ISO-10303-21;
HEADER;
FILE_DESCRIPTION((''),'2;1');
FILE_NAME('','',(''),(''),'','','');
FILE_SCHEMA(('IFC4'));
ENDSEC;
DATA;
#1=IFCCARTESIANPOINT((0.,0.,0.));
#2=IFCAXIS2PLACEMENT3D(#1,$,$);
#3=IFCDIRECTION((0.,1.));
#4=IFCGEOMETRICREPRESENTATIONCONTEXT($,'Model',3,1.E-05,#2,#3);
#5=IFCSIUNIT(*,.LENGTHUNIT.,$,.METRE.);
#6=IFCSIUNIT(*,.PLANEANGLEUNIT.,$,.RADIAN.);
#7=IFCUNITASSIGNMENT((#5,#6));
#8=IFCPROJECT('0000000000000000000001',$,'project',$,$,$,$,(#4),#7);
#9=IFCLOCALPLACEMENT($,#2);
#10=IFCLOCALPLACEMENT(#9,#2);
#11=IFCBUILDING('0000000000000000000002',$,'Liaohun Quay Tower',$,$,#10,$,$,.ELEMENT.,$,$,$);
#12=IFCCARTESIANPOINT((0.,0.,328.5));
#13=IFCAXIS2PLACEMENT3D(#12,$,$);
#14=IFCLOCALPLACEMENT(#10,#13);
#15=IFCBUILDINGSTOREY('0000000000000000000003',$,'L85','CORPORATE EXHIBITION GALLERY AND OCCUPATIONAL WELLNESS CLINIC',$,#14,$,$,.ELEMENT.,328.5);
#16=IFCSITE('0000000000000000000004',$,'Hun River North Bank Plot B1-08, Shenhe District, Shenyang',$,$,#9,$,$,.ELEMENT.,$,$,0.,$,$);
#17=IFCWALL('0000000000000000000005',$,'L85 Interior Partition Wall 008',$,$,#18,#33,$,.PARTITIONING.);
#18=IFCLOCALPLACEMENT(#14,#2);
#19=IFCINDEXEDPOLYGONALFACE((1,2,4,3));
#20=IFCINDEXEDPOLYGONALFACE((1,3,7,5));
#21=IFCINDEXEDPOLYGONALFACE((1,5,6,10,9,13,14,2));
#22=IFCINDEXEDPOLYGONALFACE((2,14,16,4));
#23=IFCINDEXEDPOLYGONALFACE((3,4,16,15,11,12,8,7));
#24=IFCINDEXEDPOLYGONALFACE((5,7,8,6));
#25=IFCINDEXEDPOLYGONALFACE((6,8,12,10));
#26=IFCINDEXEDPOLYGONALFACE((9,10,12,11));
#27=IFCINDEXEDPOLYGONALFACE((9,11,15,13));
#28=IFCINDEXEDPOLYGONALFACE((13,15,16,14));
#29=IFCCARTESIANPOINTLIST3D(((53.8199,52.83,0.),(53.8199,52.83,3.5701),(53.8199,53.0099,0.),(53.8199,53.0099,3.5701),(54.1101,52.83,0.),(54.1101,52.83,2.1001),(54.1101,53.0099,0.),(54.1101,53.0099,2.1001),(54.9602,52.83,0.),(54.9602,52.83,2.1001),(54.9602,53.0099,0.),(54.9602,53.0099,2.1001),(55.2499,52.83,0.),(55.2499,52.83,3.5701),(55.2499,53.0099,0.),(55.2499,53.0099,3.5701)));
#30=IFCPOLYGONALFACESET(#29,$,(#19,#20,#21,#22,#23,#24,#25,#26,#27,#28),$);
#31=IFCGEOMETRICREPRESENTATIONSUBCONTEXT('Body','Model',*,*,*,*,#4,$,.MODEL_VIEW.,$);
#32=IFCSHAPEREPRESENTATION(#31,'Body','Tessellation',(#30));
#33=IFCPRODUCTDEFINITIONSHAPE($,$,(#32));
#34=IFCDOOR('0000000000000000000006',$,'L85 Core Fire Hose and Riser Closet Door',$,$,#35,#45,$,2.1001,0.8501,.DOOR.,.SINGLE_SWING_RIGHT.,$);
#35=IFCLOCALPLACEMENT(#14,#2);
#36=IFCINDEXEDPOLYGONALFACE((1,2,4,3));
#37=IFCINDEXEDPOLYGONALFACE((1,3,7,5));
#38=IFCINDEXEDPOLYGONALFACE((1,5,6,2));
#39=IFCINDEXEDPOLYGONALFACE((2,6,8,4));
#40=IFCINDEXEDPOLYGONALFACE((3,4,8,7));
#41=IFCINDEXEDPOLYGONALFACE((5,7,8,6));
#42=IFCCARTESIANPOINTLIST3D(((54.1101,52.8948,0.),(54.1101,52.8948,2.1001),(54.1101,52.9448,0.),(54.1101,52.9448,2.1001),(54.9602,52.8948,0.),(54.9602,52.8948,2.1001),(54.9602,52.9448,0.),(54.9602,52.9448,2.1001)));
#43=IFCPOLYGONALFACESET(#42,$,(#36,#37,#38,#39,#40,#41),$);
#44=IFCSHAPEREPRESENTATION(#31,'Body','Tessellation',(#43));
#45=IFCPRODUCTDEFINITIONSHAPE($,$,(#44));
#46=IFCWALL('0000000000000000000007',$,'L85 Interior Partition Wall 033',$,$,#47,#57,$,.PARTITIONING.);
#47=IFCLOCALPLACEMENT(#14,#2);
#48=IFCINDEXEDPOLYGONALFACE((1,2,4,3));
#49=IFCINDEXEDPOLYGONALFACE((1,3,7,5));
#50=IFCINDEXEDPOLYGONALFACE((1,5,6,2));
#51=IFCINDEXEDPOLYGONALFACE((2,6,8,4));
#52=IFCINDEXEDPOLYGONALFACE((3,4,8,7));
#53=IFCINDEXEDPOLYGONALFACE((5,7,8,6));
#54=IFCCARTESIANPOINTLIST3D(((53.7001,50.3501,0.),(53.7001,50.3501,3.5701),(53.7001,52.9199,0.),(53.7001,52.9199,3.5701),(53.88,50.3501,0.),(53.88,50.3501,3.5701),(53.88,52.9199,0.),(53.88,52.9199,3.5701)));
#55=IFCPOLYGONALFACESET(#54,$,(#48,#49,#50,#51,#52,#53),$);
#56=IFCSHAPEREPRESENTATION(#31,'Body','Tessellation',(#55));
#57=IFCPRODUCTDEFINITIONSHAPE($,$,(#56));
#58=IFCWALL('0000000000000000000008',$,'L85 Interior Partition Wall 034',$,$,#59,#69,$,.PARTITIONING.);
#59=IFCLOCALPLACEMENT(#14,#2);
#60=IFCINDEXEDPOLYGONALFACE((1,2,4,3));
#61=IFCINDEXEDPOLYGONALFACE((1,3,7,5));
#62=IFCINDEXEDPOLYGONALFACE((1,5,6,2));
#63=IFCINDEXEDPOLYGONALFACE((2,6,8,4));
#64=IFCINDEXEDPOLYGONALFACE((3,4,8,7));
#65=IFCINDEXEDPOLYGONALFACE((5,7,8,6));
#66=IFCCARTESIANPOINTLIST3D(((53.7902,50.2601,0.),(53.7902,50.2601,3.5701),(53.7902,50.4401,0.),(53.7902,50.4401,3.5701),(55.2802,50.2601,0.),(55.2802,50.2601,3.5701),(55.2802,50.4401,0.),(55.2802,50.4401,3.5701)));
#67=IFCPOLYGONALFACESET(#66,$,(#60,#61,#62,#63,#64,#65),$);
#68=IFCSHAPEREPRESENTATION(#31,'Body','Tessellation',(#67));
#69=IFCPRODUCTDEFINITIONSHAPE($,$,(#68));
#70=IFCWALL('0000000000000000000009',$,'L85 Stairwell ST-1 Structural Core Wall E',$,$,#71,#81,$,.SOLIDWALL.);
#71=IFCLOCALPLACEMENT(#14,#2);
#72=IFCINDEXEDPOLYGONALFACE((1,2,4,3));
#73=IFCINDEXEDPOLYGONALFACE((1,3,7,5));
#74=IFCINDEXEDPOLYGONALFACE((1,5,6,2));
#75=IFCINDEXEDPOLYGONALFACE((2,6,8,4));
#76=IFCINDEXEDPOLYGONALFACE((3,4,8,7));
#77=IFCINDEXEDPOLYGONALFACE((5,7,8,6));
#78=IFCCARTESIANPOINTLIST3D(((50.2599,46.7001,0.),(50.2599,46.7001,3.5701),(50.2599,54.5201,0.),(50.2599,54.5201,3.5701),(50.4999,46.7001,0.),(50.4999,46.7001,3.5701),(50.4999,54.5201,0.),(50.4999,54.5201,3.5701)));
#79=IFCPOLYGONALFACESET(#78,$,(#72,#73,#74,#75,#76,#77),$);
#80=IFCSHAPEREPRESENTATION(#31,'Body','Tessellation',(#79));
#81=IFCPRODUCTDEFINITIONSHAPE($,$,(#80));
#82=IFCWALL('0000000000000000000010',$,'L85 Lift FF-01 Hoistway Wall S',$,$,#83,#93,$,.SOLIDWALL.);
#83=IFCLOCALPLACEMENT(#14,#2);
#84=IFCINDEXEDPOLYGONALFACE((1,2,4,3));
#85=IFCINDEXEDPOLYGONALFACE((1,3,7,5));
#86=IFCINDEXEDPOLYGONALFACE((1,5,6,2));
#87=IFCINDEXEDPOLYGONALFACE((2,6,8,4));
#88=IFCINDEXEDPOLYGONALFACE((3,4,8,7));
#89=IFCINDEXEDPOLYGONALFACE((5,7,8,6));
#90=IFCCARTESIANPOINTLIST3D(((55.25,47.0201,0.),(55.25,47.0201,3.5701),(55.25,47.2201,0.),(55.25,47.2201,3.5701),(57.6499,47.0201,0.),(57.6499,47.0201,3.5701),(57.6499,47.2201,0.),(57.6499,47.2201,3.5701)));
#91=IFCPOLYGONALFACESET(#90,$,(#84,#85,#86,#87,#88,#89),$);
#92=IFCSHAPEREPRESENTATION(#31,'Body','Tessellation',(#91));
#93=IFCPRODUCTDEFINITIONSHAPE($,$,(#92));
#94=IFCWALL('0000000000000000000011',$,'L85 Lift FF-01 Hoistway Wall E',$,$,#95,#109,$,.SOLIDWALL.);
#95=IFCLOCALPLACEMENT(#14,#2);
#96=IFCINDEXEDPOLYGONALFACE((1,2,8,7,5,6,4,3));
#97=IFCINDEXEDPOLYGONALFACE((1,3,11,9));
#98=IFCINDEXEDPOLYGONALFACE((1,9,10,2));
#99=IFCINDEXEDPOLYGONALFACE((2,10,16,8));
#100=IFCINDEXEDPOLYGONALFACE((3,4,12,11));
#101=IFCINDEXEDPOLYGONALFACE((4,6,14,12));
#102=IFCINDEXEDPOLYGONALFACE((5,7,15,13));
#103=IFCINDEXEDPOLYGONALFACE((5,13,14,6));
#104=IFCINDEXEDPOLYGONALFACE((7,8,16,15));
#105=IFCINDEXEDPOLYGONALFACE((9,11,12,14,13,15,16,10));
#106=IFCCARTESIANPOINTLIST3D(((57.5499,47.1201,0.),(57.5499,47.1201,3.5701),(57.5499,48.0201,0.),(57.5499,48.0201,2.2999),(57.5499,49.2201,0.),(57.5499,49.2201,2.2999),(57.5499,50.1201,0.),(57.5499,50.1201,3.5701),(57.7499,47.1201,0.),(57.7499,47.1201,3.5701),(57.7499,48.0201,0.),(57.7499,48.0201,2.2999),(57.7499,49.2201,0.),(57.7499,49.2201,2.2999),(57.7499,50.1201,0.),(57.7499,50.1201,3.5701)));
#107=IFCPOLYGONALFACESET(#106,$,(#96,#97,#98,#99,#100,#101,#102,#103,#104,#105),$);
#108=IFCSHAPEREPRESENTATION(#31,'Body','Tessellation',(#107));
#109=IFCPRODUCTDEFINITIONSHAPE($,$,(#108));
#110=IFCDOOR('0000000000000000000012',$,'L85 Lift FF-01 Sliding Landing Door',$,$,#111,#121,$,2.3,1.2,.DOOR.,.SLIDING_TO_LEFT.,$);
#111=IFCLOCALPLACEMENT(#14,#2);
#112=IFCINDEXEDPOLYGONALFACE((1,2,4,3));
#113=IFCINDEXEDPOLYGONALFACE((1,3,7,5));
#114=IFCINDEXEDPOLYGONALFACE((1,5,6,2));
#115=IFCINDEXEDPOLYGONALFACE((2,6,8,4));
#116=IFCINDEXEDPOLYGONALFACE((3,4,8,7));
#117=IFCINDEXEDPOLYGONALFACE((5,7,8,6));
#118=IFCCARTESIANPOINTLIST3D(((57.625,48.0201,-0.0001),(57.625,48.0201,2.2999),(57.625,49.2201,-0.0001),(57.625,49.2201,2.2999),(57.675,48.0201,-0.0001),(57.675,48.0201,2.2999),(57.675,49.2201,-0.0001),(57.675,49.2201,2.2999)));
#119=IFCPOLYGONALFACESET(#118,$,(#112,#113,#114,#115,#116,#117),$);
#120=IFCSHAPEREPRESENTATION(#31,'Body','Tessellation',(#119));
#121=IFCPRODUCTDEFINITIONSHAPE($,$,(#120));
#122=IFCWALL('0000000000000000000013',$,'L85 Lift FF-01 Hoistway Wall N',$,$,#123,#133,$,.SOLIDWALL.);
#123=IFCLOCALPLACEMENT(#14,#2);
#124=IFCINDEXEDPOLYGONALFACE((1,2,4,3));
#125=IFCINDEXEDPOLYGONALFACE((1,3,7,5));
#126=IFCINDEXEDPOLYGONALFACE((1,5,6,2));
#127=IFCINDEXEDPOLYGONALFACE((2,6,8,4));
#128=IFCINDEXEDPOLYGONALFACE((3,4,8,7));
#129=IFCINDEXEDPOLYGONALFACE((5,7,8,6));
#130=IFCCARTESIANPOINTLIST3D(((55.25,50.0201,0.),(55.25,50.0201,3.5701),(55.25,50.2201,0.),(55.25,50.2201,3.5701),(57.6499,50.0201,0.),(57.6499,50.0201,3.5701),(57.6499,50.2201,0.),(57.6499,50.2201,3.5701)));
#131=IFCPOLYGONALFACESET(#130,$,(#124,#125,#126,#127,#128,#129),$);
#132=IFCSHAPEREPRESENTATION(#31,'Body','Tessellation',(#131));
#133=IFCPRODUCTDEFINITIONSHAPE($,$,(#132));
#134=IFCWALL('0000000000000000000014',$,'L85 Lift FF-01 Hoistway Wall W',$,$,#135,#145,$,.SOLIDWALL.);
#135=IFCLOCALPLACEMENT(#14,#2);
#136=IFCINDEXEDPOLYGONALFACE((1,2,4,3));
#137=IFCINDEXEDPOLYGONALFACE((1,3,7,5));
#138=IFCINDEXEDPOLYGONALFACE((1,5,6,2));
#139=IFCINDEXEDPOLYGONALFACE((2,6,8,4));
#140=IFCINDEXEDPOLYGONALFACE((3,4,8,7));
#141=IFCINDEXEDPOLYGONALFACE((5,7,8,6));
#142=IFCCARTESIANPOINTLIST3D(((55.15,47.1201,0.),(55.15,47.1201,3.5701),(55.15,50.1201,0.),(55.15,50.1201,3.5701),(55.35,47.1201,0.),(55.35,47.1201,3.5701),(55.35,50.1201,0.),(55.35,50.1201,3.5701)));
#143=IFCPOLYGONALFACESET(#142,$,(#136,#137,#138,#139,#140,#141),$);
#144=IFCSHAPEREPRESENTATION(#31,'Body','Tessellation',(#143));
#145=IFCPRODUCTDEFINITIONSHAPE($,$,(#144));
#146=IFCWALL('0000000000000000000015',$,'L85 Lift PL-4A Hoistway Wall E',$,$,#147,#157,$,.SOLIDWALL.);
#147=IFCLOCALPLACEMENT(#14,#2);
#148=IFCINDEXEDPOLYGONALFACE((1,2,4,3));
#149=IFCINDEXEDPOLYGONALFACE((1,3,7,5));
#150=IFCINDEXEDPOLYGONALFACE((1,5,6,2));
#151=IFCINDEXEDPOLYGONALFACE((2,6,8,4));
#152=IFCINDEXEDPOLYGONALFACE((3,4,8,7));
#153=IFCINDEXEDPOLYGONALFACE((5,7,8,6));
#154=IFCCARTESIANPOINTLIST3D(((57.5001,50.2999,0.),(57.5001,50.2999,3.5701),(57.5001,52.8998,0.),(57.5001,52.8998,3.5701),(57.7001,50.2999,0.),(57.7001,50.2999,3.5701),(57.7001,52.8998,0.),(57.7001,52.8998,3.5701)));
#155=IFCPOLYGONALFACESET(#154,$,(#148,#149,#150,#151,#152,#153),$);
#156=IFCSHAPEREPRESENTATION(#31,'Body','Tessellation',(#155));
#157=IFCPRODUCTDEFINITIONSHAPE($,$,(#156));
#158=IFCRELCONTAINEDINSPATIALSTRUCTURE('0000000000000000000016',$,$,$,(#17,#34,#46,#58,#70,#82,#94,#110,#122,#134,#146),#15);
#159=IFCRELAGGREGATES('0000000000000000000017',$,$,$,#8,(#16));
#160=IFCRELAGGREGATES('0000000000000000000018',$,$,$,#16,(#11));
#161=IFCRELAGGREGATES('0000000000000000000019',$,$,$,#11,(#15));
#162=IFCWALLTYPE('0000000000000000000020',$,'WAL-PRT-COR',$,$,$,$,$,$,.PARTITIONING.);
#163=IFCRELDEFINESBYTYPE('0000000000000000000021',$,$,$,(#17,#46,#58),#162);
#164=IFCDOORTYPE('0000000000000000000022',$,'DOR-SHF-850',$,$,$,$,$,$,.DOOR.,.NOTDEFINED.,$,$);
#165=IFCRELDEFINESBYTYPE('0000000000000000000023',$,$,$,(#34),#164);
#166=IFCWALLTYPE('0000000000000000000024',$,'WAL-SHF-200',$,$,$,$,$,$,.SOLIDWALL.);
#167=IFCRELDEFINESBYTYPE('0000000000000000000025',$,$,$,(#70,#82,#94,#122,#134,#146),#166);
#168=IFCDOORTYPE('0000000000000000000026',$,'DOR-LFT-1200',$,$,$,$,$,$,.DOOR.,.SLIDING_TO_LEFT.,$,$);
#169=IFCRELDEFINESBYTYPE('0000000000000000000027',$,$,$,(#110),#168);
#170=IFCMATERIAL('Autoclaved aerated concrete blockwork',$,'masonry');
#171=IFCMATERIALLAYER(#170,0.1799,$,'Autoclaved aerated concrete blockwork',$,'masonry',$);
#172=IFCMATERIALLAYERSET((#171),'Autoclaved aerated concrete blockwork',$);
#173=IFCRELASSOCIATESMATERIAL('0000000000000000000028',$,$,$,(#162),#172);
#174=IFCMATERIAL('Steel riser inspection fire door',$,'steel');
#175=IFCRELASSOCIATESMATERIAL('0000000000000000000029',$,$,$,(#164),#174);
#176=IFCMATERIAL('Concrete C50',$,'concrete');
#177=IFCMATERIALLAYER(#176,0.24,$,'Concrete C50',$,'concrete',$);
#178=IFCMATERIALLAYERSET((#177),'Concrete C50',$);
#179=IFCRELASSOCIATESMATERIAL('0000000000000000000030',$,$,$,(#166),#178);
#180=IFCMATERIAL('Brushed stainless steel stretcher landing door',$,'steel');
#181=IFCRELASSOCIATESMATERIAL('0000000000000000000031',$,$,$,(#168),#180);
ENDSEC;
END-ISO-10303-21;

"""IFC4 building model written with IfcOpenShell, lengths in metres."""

from ifc_helpers import new_model, si_unit, direction, frame, frame_2d, origin, place, context, subcontext, project, spatial, rectangle, extrude, source, transform, mapped, material, layer, layer_set, type_object, element, fill, save


model = new_model("IFC4")

# Units and contexts
model_context = context("Model", 3, precision=1e-05, world=origin(), true_north=direction((0.0, 1.0)))
body_context = subcontext(model_context, "Body", "Model", "MODEL_VIEW")
ifc_project = project(units=[si_unit("LENGTHUNIT", "METRE"), si_unit("PLANEANGLEUNIT", "RADIAN")], contexts=[model_context])

# Site, building, storey
site_placement = place(None, origin())
site = spatial("IfcSite", under=ifc_project, at=site_placement, Name="Hun River North Bank Plot B1-08, Shenhe District, Shenyang", CompositionType="ELEMENT", RefElevation=0.0)
building_placement = place(site_placement, origin())
building = spatial("IfcBuilding", under=site, at=building_placement, Name="Liaohun Quay Tower", CompositionType="ELEMENT")
storey_placement = place(building_placement, frame((0.0, 0.0, 328.5)))
storey = spatial("IfcBuildingStorey", under=building, at=storey_placement, Name="L85", Description="CORPORATE EXHIBITION GALLERY AND OCCUPATIONAL WELLNESS CLINIC", CompositionType="ELEMENT", Elevation=328.5)

# Shared definitions
ifc_material_1 = material(Name="Concrete C50", Category="concrete")

# Wall, opening, door
ifc_material_2 = material(Name="Autoclaved aerated concrete blockwork", Category="masonry")
ifc_layer_1 = layer(ifc_material_2, 0.1799, Name="Autoclaved aerated concrete blockwork", Category="masonry")
ifc_layer_set_1 = layer_set([ifc_layer_1], Name="Autoclaved aerated concrete blockwork")
wall_type_1 = type_object("IfcWallType", Name="WAL-PRT-COR", PredefinedType="PARTITIONING", material=ifc_layer_set_1)
wall_1_placement = place(storey_placement, frame((53.8201, 52.9199, 0.0), z_axis=(0.0, 0.0, 1.0), x_axis=(1.0, 0.0, 0.0)))
wall_1 = element("IfcWall", 1, at=wall_1_placement, inside=storey, type_object=wall_type_1, Name="L85 Interior Partition Wall 008", PredefinedType="PARTITIONING", context=body_context, shape_type="SweptSolid", body=[
    extrude(rectangle(XDim=1.4299, YDim=0.1799, at=frame_2d((0.7148, 0.0))), origin(), (0.0, 0.0, 1.0), 3.5701),
])
shared_shape_1 = source(origin(), body_context, "Body", "SweptSolid", [
    extrude(rectangle(XDim=0.8501, YDim=2.1001, at=frame_2d((0.425, 1.05))), frame((0.0, 0.0999, 0.0), z_axis=(0.0, -1.0, 0.0), x_axis=(1.0, 0.0, 0.0)), (0.0, 0.0, 1.0), 0.2),
])
opening_1_placement = place(wall_1_placement, frame((0.29, 0.0, 0.0)))
opening_1 = element("IfcOpeningElement", 2, at=opening_1_placement, cuts=wall_1, PredefinedType="OPENING", context=body_context, shape_type="MappedRepresentation", body=[
    mapped(shared_shape_1, transform((0.0, 0.0, 0.0), x_axis=(1.0, 0.0, 0.0), y_axis=(0.0, 1.0, 0.0), z_axis=(0.0, 0.0, 1.0), scale=1.0)),
])
ifc_material_3 = material(Name="Steel riser inspection fire door", Category="steel")
door_type_1 = type_object("IfcDoorType", Name="DOR-SHF-850", OperationType="NOTDEFINED", PredefinedType="DOOR", material=ifc_material_3)
shared_shape_2 = source(origin(), body_context, "Body", "SweptSolid", [
    extrude(rectangle(XDim=0.8501, YDim=2.1001, at=frame_2d((0.425, 1.05))), frame((0.0, 0.0249, 0.0), z_axis=(0.0, -1.0, 0.0), x_axis=(1.0, 0.0, 0.0)), (0.0, 0.0, 1.0), 0.05),
])
door_1_placement = place(opening_1_placement, origin())
door_1 = element("IfcDoor", 3, at=door_1_placement, inside=storey, type_object=door_type_1, Name="L85 Core Fire Hose and Riser Closet Door", OperationType="SINGLE_SWING_RIGHT", OverallHeight=2.1001, OverallWidth=0.8501, PredefinedType="DOOR", context=body_context, shape_type="MappedRepresentation", body=[
    mapped(shared_shape_2, transform((0.0, 0.0, 0.0), x_axis=(1.0, 0.0, 0.0), y_axis=(0.0, 1.0, 0.0), z_axis=(0.0, 0.0, 1.0), scale=1.0)),
])
fill(opening_1, door_1)

# Walls
wall_2_placement = place(storey_placement, frame((53.79, 50.3501, 0.0), z_axis=(0.0, 0.0, 1.0), x_axis=(0.0, 1.0, 0.0)))
element("IfcWall", 4, at=wall_2_placement, inside=storey, type_object=wall_type_1, Name="L85 Interior Partition Wall 033", PredefinedType="PARTITIONING", context=body_context, shape_type="SweptSolid", body=[
    extrude(rectangle(XDim=2.5698, YDim=0.1799, at=frame_2d((1.2849, 0.0))), origin(), (0.0, 0.0, 1.0), 3.5701),
])
wall_3_placement = place(storey_placement, frame((53.79, 50.3501, 0.0), z_axis=(0.0, 0.0, 1.0), x_axis=(1.0, 0.0, 0.0)))
element("IfcWall", 5, at=wall_3_placement, inside=storey, type_object=wall_type_1, Name="L85 Interior Partition Wall 034", PredefinedType="PARTITIONING", context=body_context, shape_type="SweptSolid", body=[
    extrude(rectangle(XDim=1.49, YDim=0.1799, at=frame_2d((0.7451, 0.0))), origin(), (0.0, 0.0, 1.0), 3.5701),
])
ifc_layer_2 = layer(ifc_material_1, 0.24, Name="Concrete C50", Category="concrete")
ifc_layer_set_2 = layer_set([ifc_layer_2], Name="Concrete C50")
wall_type_2 = type_object("IfcWallType", Name="WAL-SHF-200", PredefinedType="SOLIDWALL", material=ifc_layer_set_2)
wall_4_placement = place(storey_placement, frame((50.3799, 46.7, 0.0), z_axis=(0.0, 0.0, 1.0), x_axis=(0.0, 1.0, 0.0)))
element("IfcWall", 6, at=wall_4_placement, inside=storey, type_object=wall_type_2, Name="L85 Stairwell ST-1 Structural Core Wall E", PredefinedType="SOLIDWALL", context=body_context, shape_type="SweptSolid", body=[
    extrude(rectangle(XDim=7.8201, YDim=0.24, at=frame_2d((3.9102, 0.0))), origin(), (0.0, 0.0, 1.0), 3.5701),
])
wall_5_placement = place(storey_placement, frame((55.25, 47.1201, 0.0), z_axis=(0.0, 0.0, 1.0), x_axis=(1.0, 0.0, 0.0)))
element("IfcWall", 7, at=wall_5_placement, inside=storey, type_object=wall_type_2, Name="L85 Lift FF-01 Hoistway Wall S", PredefinedType="SOLIDWALL", context=body_context, shape_type="SweptSolid", body=[
    extrude(rectangle(XDim=2.3999, YDim=0.2, at=frame_2d((1.2, 0.0))), origin(), (0.0, 0.0, 1.0), 3.5701),
])

# Wall, opening, door
wall_6_placement = place(storey_placement, frame((57.6499, 47.1201, 0.0), z_axis=(0.0, 0.0, 1.0), x_axis=(0.0, 1.0, 0.0)))
wall_6 = element("IfcWall", 8, at=wall_6_placement, inside=storey, type_object=wall_type_2, Name="L85 Lift FF-01 Hoistway Wall E", PredefinedType="SOLIDWALL", context=body_context, shape_type="SweptSolid", body=[
    extrude(rectangle(XDim=3.0, YDim=0.2, at=frame_2d((1.5, 0.0))), origin(), (0.0, 0.0, 1.0), 3.5701),
])
shared_shape_3 = source(origin(), body_context, "Body", "SweptSolid", [
    extrude(rectangle(XDim=1.2, YDim=2.3, at=frame_2d((0.6001, 1.1499))), frame((0.0, 0.1099, 0.0), z_axis=(0.0, -1.0, 0.0), x_axis=(1.0, 0.0, 0.0)), (0.0, 0.0, 1.0), 0.22),
])
opening_2_placement = place(wall_6_placement, frame((0.8999, 0.0, 0.0)))
opening_2 = element("IfcOpeningElement", 9, at=opening_2_placement, cuts=wall_6, PredefinedType="OPENING", context=body_context, shape_type="MappedRepresentation", body=[
    mapped(shared_shape_3, transform((0.0, 0.0, 0.0), x_axis=(1.0, 0.0, 0.0), y_axis=(0.0, 1.0, 0.0), z_axis=(0.0, 0.0, 1.0), scale=1.0)),
])
ifc_material_4 = material(Name="Brushed stainless steel stretcher landing door", Category="steel")
door_type_2 = type_object("IfcDoorType", Name="DOR-LFT-1200", OperationType="SLIDING_TO_LEFT", PredefinedType="DOOR", material=ifc_material_4)
shared_shape_4 = source(origin(), body_context, "Body", "SweptSolid", [
    extrude(rectangle(XDim=1.2, YDim=2.3, at=frame_2d((0.6001, 1.1499))), frame((0.0, 0.0249, 0.0), z_axis=(0.0, -1.0, 0.0), x_axis=(1.0, 0.0, 0.0)), (0.0, 0.0, 1.0), 0.05),
])
door_2_placement = place(opening_2_placement, origin())
door_2 = element("IfcDoor", 10, at=door_2_placement, inside=storey, type_object=door_type_2, Name="L85 Lift FF-01 Sliding Landing Door", OperationType="SLIDING_TO_LEFT", OverallHeight=2.3, OverallWidth=1.2, PredefinedType="DOOR", context=body_context, shape_type="MappedRepresentation", body=[
    mapped(shared_shape_4, transform((0.0, 0.0, 0.0), x_axis=(1.0, 0.0, 0.0), y_axis=(0.0, 1.0, 0.0), z_axis=(0.0, 0.0, 1.0), scale=1.0)),
])
fill(opening_2, door_2)

# Walls
wall_7_placement = place(storey_placement, frame((57.6499, 50.1201, 0.0), z_axis=(0.0, 0.0, 1.0), x_axis=(-1.0, 0.0, 0.0)))
element("IfcWall", 11, at=wall_7_placement, inside=storey, type_object=wall_type_2, Name="L85 Lift FF-01 Hoistway Wall N", PredefinedType="SOLIDWALL", context=body_context, shape_type="SweptSolid", body=[
    extrude(rectangle(XDim=2.3999, YDim=0.2, at=frame_2d((1.2, 0.0))), origin(), (0.0, 0.0, 1.0), 3.5701),
])
wall_8_placement = place(storey_placement, frame((55.25, 50.1201, 0.0), z_axis=(0.0, 0.0, 1.0), x_axis=(0.0, -1.0, 0.0)))
element("IfcWall", 12, at=wall_8_placement, inside=storey, type_object=wall_type_2, Name="L85 Lift FF-01 Hoistway Wall W", PredefinedType="SOLIDWALL", context=body_context, shape_type="SweptSolid", body=[
    extrude(rectangle(XDim=3.0, YDim=0.2, at=frame_2d((1.5, 0.0))), origin(), (0.0, 0.0, 1.0), 3.5701),
])
wall_9_placement = place(storey_placement, frame((57.6001, 50.3, 0.0), z_axis=(0.0, 0.0, 1.0), x_axis=(0.0, 1.0, 0.0)))
element("IfcWall", 13, at=wall_9_placement, inside=storey, type_object=wall_type_2, Name="L85 Lift PL-4A Hoistway Wall E", PredefinedType="SOLIDWALL", context=body_context, shape_type="SweptSolid", body=[
    extrude(rectangle(XDim=2.5999, YDim=0.2, at=frame_2d((1.2998, 0.0))), origin(), (0.0, 0.0, 1.0), 3.5701),
])

save(model, "model.ifc")
